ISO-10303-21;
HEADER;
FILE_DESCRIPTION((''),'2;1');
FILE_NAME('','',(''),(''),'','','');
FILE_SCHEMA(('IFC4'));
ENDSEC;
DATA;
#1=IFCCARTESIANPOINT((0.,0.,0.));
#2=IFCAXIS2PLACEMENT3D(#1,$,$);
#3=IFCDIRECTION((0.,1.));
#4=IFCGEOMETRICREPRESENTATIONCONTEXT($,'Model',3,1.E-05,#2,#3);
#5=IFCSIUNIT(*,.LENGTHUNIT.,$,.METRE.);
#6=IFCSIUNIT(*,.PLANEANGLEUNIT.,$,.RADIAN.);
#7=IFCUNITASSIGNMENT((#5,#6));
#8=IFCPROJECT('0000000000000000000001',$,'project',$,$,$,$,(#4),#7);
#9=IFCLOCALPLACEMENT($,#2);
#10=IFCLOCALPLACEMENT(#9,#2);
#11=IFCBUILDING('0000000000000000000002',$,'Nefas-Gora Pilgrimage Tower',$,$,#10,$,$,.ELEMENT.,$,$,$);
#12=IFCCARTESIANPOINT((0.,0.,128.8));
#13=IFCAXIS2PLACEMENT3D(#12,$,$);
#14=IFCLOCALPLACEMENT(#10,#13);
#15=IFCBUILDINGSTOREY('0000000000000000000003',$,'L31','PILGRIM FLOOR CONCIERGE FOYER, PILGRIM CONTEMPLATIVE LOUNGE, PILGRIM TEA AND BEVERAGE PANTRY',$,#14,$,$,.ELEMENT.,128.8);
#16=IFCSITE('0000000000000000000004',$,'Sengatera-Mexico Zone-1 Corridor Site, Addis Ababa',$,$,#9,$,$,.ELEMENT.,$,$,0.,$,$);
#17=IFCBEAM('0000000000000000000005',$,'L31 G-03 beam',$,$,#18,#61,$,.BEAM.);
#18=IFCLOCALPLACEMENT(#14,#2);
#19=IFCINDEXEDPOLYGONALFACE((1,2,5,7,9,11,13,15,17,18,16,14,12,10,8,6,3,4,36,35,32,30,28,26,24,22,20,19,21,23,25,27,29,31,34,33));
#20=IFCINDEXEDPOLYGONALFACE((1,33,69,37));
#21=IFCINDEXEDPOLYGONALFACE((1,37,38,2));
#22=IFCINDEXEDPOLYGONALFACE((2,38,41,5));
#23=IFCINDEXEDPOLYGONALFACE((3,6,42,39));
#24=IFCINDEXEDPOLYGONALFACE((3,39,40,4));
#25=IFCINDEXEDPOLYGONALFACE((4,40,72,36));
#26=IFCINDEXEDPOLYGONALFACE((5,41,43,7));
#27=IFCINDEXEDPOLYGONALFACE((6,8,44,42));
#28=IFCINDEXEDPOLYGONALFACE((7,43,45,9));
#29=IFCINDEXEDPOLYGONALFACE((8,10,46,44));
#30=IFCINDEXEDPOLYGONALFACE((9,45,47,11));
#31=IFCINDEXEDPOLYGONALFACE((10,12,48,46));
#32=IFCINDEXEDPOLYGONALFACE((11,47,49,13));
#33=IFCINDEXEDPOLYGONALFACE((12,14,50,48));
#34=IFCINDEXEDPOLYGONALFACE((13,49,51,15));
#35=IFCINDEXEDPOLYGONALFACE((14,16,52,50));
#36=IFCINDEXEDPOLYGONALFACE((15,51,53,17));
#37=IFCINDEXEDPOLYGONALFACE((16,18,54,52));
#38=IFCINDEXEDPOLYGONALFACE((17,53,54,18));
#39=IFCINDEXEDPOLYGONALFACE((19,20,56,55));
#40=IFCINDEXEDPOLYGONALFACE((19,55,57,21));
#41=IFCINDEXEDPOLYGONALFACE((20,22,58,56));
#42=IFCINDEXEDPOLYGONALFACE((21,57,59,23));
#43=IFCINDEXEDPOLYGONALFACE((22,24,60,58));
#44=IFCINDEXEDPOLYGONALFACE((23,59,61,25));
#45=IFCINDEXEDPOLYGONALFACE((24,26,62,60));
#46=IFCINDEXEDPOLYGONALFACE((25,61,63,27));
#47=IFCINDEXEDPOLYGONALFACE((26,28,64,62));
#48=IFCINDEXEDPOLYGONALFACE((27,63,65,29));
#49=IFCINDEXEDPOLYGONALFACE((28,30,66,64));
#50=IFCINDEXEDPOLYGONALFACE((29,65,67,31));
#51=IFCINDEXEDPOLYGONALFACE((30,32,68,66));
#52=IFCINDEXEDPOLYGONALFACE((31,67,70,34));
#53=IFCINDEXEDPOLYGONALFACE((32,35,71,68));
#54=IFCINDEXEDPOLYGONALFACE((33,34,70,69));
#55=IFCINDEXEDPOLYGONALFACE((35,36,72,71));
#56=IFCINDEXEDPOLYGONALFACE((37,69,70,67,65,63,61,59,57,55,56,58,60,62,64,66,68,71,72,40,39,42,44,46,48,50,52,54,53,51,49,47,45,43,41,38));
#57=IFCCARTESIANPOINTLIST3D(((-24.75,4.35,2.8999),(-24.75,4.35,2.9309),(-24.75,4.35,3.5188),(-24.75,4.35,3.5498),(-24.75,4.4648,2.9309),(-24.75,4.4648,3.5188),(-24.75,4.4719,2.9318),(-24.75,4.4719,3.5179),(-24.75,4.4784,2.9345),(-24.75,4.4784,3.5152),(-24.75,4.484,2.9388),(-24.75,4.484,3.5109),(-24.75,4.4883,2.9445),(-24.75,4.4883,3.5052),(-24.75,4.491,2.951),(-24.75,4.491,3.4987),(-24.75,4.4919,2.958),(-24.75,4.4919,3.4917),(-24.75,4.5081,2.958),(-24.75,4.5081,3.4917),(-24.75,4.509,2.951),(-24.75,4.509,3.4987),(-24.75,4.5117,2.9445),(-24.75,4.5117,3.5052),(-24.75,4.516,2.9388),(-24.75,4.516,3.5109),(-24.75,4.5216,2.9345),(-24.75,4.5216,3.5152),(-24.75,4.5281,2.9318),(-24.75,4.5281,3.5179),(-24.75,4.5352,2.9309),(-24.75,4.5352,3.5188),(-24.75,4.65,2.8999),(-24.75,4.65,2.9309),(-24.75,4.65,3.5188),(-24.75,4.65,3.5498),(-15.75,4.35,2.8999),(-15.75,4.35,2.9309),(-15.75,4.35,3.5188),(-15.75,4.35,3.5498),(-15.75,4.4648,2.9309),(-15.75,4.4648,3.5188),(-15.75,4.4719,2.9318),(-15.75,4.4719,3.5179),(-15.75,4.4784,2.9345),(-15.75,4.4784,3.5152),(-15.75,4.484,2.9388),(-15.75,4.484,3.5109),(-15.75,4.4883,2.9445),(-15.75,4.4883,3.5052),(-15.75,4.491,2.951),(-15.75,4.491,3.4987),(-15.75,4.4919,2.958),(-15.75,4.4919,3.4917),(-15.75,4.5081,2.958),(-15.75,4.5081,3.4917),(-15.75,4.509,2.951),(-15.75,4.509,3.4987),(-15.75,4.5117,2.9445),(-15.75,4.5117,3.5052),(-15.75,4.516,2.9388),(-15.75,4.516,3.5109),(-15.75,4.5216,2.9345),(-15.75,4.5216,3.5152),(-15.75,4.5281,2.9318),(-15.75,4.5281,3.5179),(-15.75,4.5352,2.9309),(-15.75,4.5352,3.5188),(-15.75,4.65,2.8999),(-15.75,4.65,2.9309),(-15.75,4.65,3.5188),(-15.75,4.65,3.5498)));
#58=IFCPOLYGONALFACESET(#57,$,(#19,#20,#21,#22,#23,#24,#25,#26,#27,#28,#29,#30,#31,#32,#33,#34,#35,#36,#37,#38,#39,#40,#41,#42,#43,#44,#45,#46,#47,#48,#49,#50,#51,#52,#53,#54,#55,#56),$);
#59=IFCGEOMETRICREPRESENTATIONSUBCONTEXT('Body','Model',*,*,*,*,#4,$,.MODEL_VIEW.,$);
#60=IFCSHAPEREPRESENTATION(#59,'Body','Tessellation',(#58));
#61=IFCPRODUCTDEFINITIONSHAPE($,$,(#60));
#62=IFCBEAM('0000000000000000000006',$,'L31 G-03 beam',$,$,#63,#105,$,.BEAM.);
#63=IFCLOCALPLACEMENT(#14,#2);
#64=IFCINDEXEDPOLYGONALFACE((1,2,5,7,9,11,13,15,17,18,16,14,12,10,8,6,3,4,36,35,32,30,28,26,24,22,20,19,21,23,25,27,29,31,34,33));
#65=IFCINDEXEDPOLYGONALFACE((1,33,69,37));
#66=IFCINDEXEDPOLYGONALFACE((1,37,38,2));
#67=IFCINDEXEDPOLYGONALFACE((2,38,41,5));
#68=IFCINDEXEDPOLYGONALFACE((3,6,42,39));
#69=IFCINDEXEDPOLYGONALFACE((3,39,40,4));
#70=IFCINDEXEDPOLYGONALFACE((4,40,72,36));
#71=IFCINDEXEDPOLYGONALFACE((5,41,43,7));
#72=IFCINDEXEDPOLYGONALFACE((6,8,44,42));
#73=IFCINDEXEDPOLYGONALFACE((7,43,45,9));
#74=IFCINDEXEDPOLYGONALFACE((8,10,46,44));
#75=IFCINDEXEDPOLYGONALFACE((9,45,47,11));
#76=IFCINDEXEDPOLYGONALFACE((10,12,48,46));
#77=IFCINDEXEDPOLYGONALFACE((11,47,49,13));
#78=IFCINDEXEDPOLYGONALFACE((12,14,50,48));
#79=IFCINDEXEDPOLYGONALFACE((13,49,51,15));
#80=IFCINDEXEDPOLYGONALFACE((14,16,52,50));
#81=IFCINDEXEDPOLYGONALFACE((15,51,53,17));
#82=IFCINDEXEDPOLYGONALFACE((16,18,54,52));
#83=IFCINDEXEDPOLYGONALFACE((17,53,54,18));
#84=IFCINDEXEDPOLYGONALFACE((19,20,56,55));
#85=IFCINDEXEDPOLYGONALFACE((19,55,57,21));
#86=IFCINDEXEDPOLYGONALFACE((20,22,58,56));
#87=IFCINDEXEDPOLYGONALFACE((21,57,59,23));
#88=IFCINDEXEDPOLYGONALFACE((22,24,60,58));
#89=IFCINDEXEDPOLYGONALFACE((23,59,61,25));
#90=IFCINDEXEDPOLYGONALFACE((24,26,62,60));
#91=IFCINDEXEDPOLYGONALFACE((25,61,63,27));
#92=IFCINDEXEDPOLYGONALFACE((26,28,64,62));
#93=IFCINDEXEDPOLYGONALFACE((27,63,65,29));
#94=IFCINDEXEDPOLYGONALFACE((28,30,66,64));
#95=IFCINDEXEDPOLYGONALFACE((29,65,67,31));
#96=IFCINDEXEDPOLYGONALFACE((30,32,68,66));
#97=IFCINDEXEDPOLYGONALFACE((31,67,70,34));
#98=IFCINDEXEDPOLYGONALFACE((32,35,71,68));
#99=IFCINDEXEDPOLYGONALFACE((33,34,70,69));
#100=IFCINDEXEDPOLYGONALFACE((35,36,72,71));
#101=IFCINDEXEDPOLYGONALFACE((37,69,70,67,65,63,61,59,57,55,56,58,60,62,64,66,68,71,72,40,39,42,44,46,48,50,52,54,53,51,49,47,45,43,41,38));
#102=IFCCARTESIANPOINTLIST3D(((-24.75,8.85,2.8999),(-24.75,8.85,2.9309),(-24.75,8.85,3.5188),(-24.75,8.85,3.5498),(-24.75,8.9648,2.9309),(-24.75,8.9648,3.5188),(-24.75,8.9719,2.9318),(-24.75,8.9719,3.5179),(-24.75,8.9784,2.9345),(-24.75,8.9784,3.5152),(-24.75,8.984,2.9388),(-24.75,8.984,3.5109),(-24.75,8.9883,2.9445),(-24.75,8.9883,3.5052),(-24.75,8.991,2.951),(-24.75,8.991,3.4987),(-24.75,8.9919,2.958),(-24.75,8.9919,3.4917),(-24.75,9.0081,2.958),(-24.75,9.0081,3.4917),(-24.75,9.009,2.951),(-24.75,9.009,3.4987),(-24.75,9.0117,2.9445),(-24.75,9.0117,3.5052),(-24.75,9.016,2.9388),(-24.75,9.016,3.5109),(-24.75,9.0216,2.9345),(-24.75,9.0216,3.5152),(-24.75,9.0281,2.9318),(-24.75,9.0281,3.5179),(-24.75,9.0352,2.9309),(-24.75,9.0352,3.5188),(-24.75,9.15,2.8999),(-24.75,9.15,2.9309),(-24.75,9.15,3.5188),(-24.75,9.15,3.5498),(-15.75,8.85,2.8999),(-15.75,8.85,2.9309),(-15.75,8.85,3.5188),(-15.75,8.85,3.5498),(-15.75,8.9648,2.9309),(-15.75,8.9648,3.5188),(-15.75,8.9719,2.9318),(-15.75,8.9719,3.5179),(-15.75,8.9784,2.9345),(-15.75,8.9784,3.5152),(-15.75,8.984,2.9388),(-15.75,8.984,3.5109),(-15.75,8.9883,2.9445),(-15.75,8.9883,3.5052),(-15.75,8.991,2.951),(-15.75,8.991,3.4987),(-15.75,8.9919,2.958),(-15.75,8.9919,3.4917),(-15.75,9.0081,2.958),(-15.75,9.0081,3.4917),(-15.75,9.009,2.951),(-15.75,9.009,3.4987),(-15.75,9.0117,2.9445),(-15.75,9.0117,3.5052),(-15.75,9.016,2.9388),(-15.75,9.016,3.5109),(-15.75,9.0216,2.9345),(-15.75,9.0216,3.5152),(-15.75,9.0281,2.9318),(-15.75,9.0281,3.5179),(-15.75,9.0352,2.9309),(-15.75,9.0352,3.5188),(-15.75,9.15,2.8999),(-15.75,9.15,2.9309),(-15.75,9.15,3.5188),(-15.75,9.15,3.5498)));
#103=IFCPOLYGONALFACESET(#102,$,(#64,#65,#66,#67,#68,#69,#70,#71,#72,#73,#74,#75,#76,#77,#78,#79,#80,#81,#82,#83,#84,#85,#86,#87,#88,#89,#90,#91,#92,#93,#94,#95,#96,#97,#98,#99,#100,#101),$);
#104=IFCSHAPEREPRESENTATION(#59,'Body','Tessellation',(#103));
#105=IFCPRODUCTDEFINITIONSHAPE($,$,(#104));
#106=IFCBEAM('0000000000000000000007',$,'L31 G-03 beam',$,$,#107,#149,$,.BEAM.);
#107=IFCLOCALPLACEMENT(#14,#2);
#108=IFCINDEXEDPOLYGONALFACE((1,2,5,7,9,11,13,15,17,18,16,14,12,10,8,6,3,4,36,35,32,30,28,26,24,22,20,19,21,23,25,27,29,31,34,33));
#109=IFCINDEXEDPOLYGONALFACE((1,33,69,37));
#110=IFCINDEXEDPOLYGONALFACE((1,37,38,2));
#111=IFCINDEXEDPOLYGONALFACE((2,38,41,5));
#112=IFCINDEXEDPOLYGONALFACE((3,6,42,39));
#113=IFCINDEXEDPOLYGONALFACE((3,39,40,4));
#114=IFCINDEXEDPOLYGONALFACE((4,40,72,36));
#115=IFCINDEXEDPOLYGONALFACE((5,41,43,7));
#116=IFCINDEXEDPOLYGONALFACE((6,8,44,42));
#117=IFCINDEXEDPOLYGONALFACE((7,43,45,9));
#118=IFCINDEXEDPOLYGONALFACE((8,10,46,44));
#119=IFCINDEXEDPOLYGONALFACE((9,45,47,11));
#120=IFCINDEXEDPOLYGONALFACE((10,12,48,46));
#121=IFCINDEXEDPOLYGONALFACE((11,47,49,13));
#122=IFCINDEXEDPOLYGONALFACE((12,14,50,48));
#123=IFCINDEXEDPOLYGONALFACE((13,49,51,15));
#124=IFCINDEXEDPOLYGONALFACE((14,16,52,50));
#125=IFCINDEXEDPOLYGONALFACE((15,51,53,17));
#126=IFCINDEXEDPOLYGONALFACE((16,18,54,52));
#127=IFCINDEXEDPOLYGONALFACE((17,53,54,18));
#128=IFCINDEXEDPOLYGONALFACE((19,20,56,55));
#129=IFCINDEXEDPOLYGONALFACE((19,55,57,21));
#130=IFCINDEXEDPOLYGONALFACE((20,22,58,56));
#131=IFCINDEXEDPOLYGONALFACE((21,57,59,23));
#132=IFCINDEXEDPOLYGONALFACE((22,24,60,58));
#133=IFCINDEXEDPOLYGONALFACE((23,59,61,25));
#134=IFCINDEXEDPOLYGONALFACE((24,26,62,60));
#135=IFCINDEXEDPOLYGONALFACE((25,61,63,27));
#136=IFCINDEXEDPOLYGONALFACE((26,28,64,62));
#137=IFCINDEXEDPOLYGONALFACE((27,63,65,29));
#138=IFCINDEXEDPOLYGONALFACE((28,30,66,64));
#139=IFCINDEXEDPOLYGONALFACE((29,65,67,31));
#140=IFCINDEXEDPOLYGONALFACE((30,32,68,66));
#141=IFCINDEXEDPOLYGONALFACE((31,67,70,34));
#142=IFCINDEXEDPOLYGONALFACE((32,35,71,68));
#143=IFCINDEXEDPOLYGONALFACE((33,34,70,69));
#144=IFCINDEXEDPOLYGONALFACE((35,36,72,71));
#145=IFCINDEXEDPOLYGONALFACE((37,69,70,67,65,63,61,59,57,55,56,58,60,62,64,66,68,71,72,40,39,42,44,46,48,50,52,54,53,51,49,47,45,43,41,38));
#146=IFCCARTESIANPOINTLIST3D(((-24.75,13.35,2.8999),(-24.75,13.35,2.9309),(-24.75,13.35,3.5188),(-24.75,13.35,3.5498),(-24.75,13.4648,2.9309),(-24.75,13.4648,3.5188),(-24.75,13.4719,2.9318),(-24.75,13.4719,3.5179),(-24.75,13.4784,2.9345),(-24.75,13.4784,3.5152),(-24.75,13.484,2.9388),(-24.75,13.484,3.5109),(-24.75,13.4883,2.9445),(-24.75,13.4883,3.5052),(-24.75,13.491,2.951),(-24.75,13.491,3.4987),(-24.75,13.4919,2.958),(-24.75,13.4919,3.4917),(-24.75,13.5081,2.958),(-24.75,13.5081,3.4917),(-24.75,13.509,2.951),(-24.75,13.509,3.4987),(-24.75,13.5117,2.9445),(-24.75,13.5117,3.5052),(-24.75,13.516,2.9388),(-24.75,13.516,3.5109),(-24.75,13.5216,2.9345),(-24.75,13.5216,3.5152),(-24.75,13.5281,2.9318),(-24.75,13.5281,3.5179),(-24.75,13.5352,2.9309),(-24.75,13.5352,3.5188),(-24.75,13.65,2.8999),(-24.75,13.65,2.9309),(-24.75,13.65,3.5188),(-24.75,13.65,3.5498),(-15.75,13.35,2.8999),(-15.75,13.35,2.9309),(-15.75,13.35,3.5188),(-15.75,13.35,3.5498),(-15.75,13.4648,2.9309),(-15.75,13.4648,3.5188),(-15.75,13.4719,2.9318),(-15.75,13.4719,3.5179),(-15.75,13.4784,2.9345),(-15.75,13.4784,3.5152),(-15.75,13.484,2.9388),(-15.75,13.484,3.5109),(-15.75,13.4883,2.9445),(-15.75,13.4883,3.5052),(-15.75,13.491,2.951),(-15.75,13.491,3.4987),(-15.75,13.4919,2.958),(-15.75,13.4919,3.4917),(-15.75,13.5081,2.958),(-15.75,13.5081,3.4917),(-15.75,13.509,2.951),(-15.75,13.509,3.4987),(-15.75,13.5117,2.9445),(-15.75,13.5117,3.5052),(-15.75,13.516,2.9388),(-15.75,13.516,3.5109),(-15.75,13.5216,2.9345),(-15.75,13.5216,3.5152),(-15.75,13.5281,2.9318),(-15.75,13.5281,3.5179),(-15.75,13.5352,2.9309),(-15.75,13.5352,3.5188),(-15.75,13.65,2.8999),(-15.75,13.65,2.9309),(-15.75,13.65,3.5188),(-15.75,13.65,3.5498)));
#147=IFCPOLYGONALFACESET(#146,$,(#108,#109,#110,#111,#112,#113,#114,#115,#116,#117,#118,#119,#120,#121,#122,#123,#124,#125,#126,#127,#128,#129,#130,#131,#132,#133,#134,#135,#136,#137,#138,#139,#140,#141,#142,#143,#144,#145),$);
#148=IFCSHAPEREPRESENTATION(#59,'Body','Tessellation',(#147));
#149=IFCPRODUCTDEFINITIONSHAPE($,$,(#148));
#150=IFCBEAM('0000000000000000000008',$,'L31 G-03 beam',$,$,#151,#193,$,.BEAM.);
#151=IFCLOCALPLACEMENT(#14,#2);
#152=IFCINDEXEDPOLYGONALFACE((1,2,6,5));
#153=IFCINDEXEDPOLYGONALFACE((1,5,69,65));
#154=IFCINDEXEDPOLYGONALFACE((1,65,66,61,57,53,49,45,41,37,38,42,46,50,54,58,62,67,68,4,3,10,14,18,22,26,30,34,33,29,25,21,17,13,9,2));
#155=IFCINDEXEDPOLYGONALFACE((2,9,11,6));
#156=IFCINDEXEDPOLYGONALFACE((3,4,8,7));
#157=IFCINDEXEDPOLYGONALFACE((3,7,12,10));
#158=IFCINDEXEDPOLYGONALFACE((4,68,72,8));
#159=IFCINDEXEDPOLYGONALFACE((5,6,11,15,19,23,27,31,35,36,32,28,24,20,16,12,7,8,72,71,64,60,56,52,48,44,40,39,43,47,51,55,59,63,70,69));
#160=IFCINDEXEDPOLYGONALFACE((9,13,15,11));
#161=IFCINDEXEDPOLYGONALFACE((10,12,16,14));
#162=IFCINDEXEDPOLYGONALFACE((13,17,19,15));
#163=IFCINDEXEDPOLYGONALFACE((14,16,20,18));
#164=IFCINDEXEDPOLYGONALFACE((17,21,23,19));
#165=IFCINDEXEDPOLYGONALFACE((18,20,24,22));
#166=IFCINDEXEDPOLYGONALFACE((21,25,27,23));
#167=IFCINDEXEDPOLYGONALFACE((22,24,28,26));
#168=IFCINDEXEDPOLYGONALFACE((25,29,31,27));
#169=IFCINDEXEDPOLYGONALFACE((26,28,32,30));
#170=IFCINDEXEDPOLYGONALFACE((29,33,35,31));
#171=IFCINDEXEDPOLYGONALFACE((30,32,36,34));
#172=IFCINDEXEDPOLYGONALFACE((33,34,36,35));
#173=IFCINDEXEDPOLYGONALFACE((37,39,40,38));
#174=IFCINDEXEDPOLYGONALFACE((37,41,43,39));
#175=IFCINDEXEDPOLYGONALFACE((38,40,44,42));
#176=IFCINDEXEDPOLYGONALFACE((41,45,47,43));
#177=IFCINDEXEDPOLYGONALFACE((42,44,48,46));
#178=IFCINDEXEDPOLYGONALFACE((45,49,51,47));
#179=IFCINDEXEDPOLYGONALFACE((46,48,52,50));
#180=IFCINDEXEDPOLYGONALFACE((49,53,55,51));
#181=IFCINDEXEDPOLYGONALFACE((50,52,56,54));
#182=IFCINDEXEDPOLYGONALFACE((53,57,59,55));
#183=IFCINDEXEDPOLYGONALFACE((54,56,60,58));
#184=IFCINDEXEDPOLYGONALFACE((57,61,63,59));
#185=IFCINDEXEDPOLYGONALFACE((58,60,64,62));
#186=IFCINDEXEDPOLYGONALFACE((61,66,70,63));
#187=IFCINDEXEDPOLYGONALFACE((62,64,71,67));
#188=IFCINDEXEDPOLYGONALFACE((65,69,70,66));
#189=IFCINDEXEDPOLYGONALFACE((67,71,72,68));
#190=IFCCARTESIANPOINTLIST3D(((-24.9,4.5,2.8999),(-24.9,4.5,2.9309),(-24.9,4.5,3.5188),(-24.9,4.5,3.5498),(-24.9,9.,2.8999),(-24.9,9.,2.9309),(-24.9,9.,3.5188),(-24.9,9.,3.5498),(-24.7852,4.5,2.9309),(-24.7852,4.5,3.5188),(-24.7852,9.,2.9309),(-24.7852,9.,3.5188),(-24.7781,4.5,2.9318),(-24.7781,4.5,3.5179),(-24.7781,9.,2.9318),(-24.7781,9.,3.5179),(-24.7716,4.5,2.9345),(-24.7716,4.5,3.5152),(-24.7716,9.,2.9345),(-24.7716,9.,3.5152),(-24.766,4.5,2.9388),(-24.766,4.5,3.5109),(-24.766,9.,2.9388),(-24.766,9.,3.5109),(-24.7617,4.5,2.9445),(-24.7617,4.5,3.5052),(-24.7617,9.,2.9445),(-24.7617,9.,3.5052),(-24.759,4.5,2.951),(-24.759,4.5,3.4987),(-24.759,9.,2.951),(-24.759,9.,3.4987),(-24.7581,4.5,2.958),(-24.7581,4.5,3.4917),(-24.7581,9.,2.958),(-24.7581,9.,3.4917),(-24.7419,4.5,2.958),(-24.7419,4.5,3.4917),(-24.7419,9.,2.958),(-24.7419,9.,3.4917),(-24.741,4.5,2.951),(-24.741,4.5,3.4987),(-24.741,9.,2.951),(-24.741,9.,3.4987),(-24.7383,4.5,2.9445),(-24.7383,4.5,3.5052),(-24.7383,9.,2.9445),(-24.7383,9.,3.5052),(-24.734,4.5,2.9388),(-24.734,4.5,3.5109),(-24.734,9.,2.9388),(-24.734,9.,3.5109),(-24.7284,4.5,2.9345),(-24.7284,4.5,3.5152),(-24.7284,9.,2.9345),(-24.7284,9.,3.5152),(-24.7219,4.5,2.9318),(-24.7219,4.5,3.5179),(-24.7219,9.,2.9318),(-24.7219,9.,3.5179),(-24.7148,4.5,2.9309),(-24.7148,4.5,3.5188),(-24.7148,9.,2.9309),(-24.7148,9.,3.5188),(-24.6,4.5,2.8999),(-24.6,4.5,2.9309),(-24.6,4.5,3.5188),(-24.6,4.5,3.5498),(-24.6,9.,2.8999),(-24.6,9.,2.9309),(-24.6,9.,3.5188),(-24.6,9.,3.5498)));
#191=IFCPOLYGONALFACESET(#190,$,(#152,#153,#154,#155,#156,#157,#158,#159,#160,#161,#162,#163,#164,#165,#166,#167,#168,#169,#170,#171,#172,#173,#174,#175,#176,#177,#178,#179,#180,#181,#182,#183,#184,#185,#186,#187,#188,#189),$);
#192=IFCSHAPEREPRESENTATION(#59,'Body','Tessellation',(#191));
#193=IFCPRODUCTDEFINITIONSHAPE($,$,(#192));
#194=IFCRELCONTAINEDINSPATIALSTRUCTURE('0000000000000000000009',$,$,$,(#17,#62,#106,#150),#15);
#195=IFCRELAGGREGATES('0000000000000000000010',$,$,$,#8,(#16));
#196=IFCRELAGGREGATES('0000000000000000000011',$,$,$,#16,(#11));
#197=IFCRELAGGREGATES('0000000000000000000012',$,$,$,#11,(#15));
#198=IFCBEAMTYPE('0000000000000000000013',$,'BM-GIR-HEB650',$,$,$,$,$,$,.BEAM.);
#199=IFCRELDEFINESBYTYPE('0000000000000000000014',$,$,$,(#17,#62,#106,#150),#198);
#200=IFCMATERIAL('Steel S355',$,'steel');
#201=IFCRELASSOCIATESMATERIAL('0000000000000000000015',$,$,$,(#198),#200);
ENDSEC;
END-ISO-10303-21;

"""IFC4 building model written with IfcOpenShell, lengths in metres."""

from ifc_helpers import new_model, si_unit, direction, frame, origin, origin_2d, place, context, subcontext, project, spatial, i_section, extrude, source, transform, mapped, material, material_profile, profile_set, type_object, element, save


model = new_model("IFC4")

# Units and contexts
model_context = context("Model", 3, precision=1e-05, world=origin(), true_north=direction((0.0, 1.0)))
body_context = subcontext(model_context, "Body", "Model", "MODEL_VIEW")
ifc_project = project(units=[si_unit("LENGTHUNIT", "METRE"), si_unit("PLANEANGLEUNIT", "RADIAN")], contexts=[model_context])

# Site, building, storey
site_placement = place(None, origin())
site = spatial("IfcSite", under=ifc_project, at=site_placement, Name="Sengatera-Mexico Zone-1 Corridor Site, Addis Ababa", CompositionType="ELEMENT", RefElevation=0.0)
building_placement = place(site_placement, origin())
building = spatial("IfcBuilding", under=site, at=building_placement, Name="Nefas-Gora Pilgrimage Tower", CompositionType="ELEMENT")
storey_placement = place(building_placement, frame((0.0, 0.0, 128.8)))
storey = spatial("IfcBuildingStorey", under=building, at=storey_placement, Name="L31", Description="PILGRIM FLOOR CONCIERGE FOYER, PILGRIM CONTEMPLATIVE LOUNGE, PILGRIM TEA AND BEVERAGE PANTRY", CompositionType="ELEMENT", Elevation=128.8)

# Beams
ifc_material_1 = material(Name="Steel S355", Category="steel")
ifc_material_profile_1 = material_profile(ifc_material_1, i_section(OverallWidth=0.3, OverallDepth=0.6499, WebThickness=0.0161, FlangeThickness=0.031, FilletRadius=0.0271, at=origin_2d()), Name="HEB 650")
ifc_profile_set_1 = profile_set([ifc_material_profile_1], Name="Steel S355")
beam_type_1 = type_object("IfcBeamType", Name="BM-GIR-HEB650", PredefinedType="BEAM", material=ifc_profile_set_1)
shared_shape_1 = source(origin(), body_context, "Body", "SweptSolid", [
    extrude(i_section(OverallWidth=0.3, OverallDepth=0.6499, WebThickness=0.0161, FlangeThickness=0.031, FilletRadius=0.0271, at=origin_2d()), origin(), (0.0, 0.0, 1.0), 9.0),
])
for number, where, z_axis, x_axis, name in (
    (1, (-24.75, 4.5, 3.2249), (1.0, 0.0, 0.0), (0.0, 1.0, 0.0), "L31 G-03 beam"),
    (2, (-24.75, 9.0, 3.2249), (1.0, 0.0, 0.0), (0.0, 1.0, 0.0), "L31 G-03 beam"),
    (3, (-24.75, 13.5, 3.2249), (1.0, 0.0, 0.0), (0.0, 1.0, 0.0), "L31 G-03 beam"),
):
    element("IfcBeam", number, at=place(storey_placement, frame(where, z_axis=z_axis, x_axis=x_axis)), inside=storey, type_object=beam_type_1, Name=name, PredefinedType="BEAM", context=body_context, shape_type="MappedRepresentation", body=[
        mapped(shared_shape_1, transform((0.0, 0.0, 0.0), x_axis=(1.0, 0.0, 0.0), y_axis=(0.0, 1.0, 0.0), z_axis=(0.0, 0.0, 1.0), scale=1.0)),
    ])
shared_shape_2 = source(origin(), body_context, "Body", "SweptSolid", [
    extrude(i_section(OverallWidth=0.3, OverallDepth=0.6499, WebThickness=0.0161, FlangeThickness=0.031, FilletRadius=0.0271, at=origin_2d()), origin(), (0.0, 0.0, 1.0), 4.5),
])
for number, where, z_axis, x_axis, name in (
    (4, (-24.75, 4.5, 3.2249), (0.0, 1.0, 0.0), (-1.0, 0.0, 0.0), "L31 G-03 beam"),
):
    element("IfcBeam", number, at=place(storey_placement, frame(where, z_axis=z_axis, x_axis=x_axis)), inside=storey, type_object=beam_type_1, Name=name, PredefinedType="BEAM", context=body_context, shape_type="MappedRepresentation", body=[
        mapped(shared_shape_2, transform((0.0, 0.0, 0.0), x_axis=(1.0, 0.0, 0.0), y_axis=(0.0, 1.0, 0.0), z_axis=(0.0, 0.0, 1.0), scale=1.0)),
    ])

save(model, "model.ifc")
